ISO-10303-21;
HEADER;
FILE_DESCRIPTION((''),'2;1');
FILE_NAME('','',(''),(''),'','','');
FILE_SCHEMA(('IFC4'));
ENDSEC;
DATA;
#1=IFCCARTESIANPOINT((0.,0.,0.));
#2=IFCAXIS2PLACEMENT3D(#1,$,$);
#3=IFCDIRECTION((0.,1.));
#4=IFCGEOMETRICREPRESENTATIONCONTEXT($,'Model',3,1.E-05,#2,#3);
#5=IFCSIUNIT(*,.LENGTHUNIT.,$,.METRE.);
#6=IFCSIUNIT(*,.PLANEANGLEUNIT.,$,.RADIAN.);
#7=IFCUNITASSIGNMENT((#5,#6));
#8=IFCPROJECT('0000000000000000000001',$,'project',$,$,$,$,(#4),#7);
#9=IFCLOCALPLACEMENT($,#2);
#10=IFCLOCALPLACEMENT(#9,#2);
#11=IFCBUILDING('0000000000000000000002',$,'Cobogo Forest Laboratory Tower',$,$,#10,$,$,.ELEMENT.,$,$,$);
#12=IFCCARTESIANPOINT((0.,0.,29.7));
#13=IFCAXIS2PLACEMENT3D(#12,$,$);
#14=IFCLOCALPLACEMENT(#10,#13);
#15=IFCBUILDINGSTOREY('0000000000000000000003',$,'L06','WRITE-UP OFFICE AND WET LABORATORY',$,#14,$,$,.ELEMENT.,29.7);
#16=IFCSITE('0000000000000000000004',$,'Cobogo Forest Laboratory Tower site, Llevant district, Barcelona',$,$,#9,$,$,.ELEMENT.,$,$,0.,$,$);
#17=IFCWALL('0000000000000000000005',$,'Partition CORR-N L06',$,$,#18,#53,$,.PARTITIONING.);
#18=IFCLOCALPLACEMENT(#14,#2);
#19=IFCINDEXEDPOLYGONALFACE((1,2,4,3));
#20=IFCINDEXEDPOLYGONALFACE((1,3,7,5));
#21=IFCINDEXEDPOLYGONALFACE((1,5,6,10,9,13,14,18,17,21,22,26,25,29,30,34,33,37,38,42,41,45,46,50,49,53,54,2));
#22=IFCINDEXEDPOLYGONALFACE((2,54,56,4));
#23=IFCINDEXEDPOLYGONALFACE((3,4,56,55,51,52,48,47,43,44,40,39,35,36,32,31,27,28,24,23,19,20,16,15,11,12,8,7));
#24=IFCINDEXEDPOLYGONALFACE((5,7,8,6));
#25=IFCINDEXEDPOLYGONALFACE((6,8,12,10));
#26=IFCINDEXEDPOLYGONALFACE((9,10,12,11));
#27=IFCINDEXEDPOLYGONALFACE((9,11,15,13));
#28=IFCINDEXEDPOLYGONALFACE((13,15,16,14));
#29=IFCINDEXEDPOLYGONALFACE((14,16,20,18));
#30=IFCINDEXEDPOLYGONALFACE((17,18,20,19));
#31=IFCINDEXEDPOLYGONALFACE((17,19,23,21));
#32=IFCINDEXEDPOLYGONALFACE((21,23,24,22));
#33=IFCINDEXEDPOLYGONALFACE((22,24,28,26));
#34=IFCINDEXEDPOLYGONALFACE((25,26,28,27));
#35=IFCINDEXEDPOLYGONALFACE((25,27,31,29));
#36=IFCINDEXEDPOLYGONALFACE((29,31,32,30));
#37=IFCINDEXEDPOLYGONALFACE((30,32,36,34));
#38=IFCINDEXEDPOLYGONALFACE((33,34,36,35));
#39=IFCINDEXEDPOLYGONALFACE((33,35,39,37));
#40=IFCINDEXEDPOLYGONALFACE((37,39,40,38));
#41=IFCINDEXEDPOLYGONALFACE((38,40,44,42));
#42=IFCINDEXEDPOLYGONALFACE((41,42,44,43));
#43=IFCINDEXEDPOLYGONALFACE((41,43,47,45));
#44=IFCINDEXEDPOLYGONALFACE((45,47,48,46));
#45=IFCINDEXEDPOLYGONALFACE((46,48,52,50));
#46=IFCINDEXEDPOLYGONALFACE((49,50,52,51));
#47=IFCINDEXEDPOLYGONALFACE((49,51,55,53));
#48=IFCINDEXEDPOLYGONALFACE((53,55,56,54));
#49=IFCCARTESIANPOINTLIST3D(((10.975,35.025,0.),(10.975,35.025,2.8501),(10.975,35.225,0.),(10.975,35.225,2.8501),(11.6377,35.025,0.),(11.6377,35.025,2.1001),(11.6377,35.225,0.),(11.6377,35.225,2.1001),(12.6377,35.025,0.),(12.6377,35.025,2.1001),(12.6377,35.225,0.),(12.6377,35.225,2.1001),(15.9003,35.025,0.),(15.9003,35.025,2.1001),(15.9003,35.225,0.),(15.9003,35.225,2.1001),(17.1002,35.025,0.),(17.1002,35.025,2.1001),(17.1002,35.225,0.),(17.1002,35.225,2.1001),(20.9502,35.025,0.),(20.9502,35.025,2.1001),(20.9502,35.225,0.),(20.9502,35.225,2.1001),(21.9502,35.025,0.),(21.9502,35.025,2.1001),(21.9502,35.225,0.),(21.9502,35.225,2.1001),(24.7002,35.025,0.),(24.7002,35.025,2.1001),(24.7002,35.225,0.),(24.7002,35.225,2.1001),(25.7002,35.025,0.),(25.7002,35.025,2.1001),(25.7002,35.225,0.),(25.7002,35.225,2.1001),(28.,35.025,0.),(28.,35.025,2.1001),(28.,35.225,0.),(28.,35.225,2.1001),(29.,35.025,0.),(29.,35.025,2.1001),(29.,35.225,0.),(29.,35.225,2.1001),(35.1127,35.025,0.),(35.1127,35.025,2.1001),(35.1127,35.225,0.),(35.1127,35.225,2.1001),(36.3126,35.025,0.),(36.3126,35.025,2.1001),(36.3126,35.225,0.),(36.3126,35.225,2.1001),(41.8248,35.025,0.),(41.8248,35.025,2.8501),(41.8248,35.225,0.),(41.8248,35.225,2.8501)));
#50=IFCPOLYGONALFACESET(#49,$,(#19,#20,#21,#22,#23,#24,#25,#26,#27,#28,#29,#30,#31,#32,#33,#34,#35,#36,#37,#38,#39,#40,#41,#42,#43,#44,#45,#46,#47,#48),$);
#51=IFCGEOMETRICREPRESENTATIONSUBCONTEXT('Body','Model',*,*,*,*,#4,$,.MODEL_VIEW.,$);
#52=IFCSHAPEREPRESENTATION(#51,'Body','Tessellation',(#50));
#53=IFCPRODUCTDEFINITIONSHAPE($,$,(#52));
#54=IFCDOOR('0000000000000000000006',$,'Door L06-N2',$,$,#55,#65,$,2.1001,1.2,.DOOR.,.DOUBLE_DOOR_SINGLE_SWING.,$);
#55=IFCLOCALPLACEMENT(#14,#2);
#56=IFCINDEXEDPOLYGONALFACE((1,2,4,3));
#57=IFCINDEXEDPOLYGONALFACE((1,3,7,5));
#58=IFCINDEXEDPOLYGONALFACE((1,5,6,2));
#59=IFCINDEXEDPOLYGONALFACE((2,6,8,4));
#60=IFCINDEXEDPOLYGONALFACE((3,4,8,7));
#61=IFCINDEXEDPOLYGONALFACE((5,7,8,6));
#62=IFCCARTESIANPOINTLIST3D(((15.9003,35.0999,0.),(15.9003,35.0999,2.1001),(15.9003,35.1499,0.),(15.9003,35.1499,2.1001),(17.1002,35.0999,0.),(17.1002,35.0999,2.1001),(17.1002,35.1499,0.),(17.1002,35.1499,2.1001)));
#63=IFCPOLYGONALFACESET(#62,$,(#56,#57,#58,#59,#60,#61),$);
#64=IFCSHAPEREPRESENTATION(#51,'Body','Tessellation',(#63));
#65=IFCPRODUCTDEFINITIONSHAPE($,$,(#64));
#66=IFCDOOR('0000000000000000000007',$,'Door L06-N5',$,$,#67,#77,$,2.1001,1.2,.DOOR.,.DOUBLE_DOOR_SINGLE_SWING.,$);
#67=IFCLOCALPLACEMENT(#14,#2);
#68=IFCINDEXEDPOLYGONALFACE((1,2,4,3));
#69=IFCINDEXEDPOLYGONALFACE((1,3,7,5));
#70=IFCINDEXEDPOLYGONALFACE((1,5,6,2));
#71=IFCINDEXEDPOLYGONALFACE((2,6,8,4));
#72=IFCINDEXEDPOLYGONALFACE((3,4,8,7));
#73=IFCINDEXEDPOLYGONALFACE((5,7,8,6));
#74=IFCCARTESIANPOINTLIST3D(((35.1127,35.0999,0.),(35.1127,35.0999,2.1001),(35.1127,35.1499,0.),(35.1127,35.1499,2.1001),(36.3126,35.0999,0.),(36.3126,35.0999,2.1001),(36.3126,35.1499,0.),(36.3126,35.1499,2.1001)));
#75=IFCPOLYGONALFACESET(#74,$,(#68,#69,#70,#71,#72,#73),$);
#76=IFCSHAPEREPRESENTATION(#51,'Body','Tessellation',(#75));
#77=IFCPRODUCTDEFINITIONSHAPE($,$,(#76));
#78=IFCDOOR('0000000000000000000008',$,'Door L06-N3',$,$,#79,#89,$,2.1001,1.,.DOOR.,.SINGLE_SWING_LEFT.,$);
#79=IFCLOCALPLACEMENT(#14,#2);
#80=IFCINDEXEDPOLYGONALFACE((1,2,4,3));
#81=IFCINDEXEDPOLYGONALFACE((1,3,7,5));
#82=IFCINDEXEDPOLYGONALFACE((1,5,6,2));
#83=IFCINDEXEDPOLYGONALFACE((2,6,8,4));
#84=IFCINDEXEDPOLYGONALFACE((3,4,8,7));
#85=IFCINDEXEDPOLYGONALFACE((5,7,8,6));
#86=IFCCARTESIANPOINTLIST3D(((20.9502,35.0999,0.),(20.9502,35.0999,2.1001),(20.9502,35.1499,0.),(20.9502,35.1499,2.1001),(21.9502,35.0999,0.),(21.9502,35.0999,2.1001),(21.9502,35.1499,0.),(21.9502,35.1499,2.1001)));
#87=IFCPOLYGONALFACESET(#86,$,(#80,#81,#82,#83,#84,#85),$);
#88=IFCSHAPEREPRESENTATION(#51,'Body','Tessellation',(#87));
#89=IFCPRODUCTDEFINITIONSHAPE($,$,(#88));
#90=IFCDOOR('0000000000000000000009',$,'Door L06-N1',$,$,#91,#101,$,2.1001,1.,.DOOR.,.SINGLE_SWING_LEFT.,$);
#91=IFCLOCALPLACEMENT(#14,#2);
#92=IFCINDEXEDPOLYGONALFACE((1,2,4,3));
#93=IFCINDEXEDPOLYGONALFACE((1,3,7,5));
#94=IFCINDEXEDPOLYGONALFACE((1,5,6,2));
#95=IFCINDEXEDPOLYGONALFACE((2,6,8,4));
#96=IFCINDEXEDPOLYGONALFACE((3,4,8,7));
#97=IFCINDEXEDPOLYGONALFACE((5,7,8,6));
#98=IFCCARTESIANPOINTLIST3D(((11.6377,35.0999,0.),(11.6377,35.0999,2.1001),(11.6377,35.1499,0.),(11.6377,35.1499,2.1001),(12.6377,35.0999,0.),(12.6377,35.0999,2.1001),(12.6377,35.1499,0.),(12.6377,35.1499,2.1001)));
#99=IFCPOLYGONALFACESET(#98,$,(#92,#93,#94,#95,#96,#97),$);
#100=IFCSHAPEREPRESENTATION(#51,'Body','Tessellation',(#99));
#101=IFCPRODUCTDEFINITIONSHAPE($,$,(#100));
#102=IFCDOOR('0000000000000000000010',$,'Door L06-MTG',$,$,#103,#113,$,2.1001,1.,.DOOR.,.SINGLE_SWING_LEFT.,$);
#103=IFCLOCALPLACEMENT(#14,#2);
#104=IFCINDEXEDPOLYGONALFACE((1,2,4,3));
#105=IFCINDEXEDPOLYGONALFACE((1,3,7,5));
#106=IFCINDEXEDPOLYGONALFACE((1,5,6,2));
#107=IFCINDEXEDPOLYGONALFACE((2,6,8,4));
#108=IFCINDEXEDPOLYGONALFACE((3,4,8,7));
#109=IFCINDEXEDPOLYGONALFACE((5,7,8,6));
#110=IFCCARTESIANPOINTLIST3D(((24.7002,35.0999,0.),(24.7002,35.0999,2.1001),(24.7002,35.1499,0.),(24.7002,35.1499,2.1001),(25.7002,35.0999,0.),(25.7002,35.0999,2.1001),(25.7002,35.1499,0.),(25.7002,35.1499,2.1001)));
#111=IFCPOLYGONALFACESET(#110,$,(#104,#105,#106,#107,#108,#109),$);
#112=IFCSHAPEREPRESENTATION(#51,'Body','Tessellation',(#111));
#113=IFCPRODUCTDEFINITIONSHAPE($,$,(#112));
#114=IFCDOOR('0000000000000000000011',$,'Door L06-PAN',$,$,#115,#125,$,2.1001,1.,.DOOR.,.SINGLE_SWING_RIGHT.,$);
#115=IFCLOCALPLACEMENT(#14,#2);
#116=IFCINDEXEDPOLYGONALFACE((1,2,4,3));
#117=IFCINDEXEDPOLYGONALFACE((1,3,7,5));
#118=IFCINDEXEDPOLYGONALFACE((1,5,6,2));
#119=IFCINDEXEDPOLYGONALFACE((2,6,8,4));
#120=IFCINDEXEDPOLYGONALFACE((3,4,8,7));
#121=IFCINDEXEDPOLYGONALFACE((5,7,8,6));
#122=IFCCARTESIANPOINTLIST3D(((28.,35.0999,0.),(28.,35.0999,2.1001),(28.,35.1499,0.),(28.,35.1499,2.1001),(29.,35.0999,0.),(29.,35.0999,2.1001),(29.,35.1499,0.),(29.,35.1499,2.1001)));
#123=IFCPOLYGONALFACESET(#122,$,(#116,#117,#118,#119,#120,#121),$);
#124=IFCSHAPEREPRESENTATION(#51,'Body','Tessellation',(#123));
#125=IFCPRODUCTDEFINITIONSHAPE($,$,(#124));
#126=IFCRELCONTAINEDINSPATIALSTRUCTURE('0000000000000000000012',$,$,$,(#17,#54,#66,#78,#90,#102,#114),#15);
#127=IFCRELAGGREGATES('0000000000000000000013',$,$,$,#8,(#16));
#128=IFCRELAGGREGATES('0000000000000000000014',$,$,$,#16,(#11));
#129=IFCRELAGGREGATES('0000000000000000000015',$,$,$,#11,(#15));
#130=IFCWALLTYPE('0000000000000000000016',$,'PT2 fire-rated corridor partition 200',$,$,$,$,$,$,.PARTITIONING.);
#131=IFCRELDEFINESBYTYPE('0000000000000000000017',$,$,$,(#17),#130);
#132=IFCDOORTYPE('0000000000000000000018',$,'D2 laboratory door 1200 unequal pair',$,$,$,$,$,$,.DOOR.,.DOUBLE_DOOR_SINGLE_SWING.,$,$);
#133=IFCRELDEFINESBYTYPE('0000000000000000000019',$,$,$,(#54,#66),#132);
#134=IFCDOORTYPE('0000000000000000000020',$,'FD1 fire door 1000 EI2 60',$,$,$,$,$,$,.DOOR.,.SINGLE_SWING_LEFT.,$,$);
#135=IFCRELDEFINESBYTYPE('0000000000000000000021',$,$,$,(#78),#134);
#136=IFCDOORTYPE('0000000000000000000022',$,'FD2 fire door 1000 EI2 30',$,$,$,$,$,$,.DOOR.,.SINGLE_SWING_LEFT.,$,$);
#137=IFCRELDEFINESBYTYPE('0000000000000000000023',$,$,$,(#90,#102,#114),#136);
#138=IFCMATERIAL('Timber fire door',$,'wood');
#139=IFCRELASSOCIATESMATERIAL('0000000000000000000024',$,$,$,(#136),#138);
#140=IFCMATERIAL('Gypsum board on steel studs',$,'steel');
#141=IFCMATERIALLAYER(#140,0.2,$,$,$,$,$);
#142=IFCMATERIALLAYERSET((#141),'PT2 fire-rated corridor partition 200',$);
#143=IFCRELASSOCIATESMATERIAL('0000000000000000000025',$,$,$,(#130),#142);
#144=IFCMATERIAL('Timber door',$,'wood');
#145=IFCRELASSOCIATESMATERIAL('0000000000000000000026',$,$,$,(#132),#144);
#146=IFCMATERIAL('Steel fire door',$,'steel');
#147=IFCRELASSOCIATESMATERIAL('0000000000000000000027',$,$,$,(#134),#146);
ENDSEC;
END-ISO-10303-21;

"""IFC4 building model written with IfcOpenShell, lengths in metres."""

from ifc_helpers import new_model, si_unit, direction, frame, frame_2d, origin, place, context, subcontext, project, spatial, rectangle, extrude, material, layer, layer_set, type_object, element, fill, save


model = new_model("IFC4")

# Units and contexts
model_context = context("Model", 3, precision=1e-05, world=origin(), true_north=direction((0.0, 1.0)))
body_context = subcontext(model_context, "Body", "Model", "MODEL_VIEW")
ifc_project = project(units=[si_unit("LENGTHUNIT", "METRE"), si_unit("PLANEANGLEUNIT", "RADIAN")], contexts=[model_context])

# Site, building, storey
site_placement = place(None, origin())
site = spatial("IfcSite", under=ifc_project, at=site_placement, Name="Cobogo Forest Laboratory Tower site, Llevant district, Barcelona", CompositionType="ELEMENT", RefElevation=0.0)
building_placement = place(site_placement, origin())
building = spatial("IfcBuilding", under=site, at=building_placement, Name="Cobogo Forest Laboratory Tower", CompositionType="ELEMENT")
storey_placement = place(building_placement, frame((0.0, 0.0, 29.7)))
storey = spatial("IfcBuildingStorey", under=building, at=storey_placement, Name="L06", Description="WRITE-UP OFFICE AND WET LABORATORY", CompositionType="ELEMENT", Elevation=29.7)

# Shared definitions
ifc_material_1 = material(Name="Gypsum board on steel studs", Category="steel")
ifc_material_2 = material(Name="Timber fire door", Category="wood")
door_type_1 = type_object("IfcDoorType", Name="FD2 fire door 1000 EI2 30", OperationType="SINGLE_SWING_LEFT", PredefinedType="DOOR", material=ifc_material_2)

# Wall, openings, doors
ifc_layer_1 = layer(ifc_material_1, 0.2)
ifc_layer_set_1 = layer_set([ifc_layer_1], Name="PT2 fire-rated corridor partition 200")
wall_type_1 = type_object("IfcWallType", Name="PT2 fire-rated corridor partition 200", PredefinedType="PARTITIONING", material=ifc_layer_set_1)
wall_1_placement = place(storey_placement, frame((10.9751, 35.125, 0.0), z_axis=(0.0, 0.0, 1.0), x_axis=(1.0, 0.0, 0.0)))
wall_1 = element("IfcWall", 1, at=wall_1_placement, inside=storey, type_object=wall_type_1, Name="Partition CORR-N L06", PredefinedType="PARTITIONING", context=body_context, shape_type="SweptSolid", body=[
    extrude(rectangle(XDim=30.8499, YDim=0.2, at=frame_2d((15.4248, 0.0))), origin(), (0.0, 0.0, 1.0), 2.8501),
])
opening_1_placement = place(wall_1_placement, frame((0.6626, 0.0, 0.0)))
opening_1 = element("IfcOpeningElement", 2, at=opening_1_placement, cuts=wall_1, PredefinedType="OPENING", context=body_context, shape_type="SweptSolid", body=[
    extrude(rectangle(XDim=1.0, YDim=2.1001, at=frame_2d((0.5, 1.05))), frame((0.0, 0.1099, 0.0), z_axis=(0.0, -1.0, 0.0), x_axis=(1.0, 0.0, 0.0)), (0.0, 0.0, 1.0), 0.22),
])
opening_2_placement = place(wall_1_placement, frame((4.925, 0.0, 0.0)))
opening_2 = element("IfcOpeningElement", 3, at=opening_2_placement, cuts=wall_1, PredefinedType="OPENING", context=body_context, shape_type="SweptSolid", body=[
    extrude(rectangle(XDim=1.2, YDim=2.1001, at=frame_2d((0.6001, 1.05))), frame((0.0, 0.1099, 0.0), z_axis=(0.0, -1.0, 0.0), x_axis=(1.0, 0.0, 0.0)), (0.0, 0.0, 1.0), 0.22),
])
opening_3_placement = place(wall_1_placement, frame((9.9751, 0.0, 0.0)))
opening_3 = element("IfcOpeningElement", 4, at=opening_3_placement, cuts=wall_1, PredefinedType="OPENING", context=body_context, shape_type="SweptSolid", body=[
    extrude(rectangle(XDim=1.0, YDim=2.1001, at=frame_2d((0.5, 1.05))), frame((0.0, 0.1099, 0.0), z_axis=(0.0, -1.0, 0.0), x_axis=(1.0, 0.0, 0.0)), (0.0, 0.0, 1.0), 0.22),
])
opening_4_placement = place(wall_1_placement, frame((13.7251, 0.0, 0.0)))
opening_4 = element("IfcOpeningElement", 5, at=opening_4_placement, cuts=wall_1, PredefinedType="OPENING", context=body_context, shape_type="SweptSolid", body=[
    extrude(rectangle(XDim=1.0, YDim=2.1001, at=frame_2d((0.5, 1.05))), frame((0.0, 0.1099, 0.0), z_axis=(0.0, -1.0, 0.0), x_axis=(1.0, 0.0, 0.0)), (0.0, 0.0, 1.0), 0.22),
])
opening_5_placement = place(wall_1_placement, frame((17.0249, 0.0, 0.0)))
opening_5 = element("IfcOpeningElement", 6, at=opening_5_placement, cuts=wall_1, PredefinedType="OPENING", context=body_context, shape_type="SweptSolid", body=[
    extrude(rectangle(XDim=1.0, YDim=2.1001, at=frame_2d((0.5, 1.05))), frame((0.0, 0.1099, 0.0), z_axis=(0.0, -1.0, 0.0), x_axis=(1.0, 0.0, 0.0)), (0.0, 0.0, 1.0), 0.22),
])
opening_6_placement = place(wall_1_placement, frame((24.1375, 0.0, 0.0)))
opening_6 = element("IfcOpeningElement", 7, at=opening_6_placement, cuts=wall_1, PredefinedType="OPENING", context=body_context, shape_type="SweptSolid", body=[
    extrude(rectangle(XDim=1.2, YDim=2.1001, at=frame_2d((0.6001, 1.05))), frame((0.0, 0.1099, 0.0), z_axis=(0.0, -1.0, 0.0), x_axis=(1.0, 0.0, 0.0)), (0.0, 0.0, 1.0), 0.22),
])
ifc_material_3 = material(Name="Timber door", Category="wood")
door_type_2 = type_object("IfcDoorType", Name="D2 laboratory door 1200 unequal pair", OperationType="DOUBLE_DOOR_SINGLE_SWING", PredefinedType="DOOR", material=ifc_material_3)
door_1_placement = place(opening_2_placement, origin())
door_1 = element("IfcDoor", 8, at=door_1_placement, inside=storey, type_object=door_type_2, Name="Door L06-N2", OperationType="DOUBLE_DOOR_SINGLE_SWING", OverallHeight=2.1001, OverallWidth=1.2, PredefinedType="DOOR", context=body_context, shape_type="SweptSolid", body=[
    extrude(rectangle(XDim=1.2, YDim=2.1001, at=frame_2d((0.6001, 1.05))), frame((0.0, 0.0249, 0.0), z_axis=(0.0, -1.0, 0.0), x_axis=(1.0, 0.0, 0.0)), (0.0, 0.0, 1.0), 0.05),
])
fill(opening_2, door_1)
door_2_placement = place(opening_6_placement, origin())
door_2 = element("IfcDoor", 9, at=door_2_placement, inside=storey, type_object=door_type_2, Name="Door L06-N5", OperationType="DOUBLE_DOOR_SINGLE_SWING", OverallHeight=2.1001, OverallWidth=1.2, PredefinedType="DOOR", context=body_context, shape_type="SweptSolid", body=[
    extrude(rectangle(XDim=1.2, YDim=2.1001, at=frame_2d((0.6001, 1.05))), frame((0.0, 0.0249, 0.0), z_axis=(0.0, -1.0, 0.0), x_axis=(1.0, 0.0, 0.0)), (0.0, 0.0, 1.0), 0.05),
])
fill(opening_6, door_2)
ifc_material_4 = material(Name="Steel fire door", Category="steel")
door_type_3 = type_object("IfcDoorType", Name="FD1 fire door 1000 EI2 60", OperationType="SINGLE_SWING_LEFT", PredefinedType="DOOR", material=ifc_material_4)
door_3_placement = place(opening_3_placement, origin())
door_3 = element("IfcDoor", 10, at=door_3_placement, inside=storey, type_object=door_type_3, Name="Door L06-N3", OperationType="SINGLE_SWING_LEFT", OverallHeight=2.1001, OverallWidth=1.0, PredefinedType="DOOR", context=body_context, shape_type="SweptSolid", body=[
    extrude(rectangle(XDim=1.0, YDim=2.1001, at=frame_2d((0.5, 1.05))), frame((0.0, 0.0249, 0.0), z_axis=(0.0, -1.0, 0.0), x_axis=(1.0, 0.0, 0.0)), (0.0, 0.0, 1.0), 0.05),
])
fill(opening_3, door_3)
door_4_placement = place(opening_1_placement, origin())
door_4 = element("IfcDoor", 11, at=door_4_placement, inside=storey, type_object=door_type_1, Name="Door L06-N1", OperationType="SINGLE_SWING_LEFT", OverallHeight=2.1001, OverallWidth=1.0, PredefinedType="DOOR", context=body_context, shape_type="SweptSolid", body=[
    extrude(rectangle(XDim=1.0, YDim=2.1001, at=frame_2d((0.5, 1.05))), frame((0.0, 0.0249, 0.0), z_axis=(0.0, -1.0, 0.0), x_axis=(1.0, 0.0, 0.0)), (0.0, 0.0, 1.0), 0.05),
])
fill(opening_1, door_4)
door_5_placement = place(opening_4_placement, origin())
door_5 = element("IfcDoor", 12, at=door_5_placement, inside=storey, type_object=door_type_1, Name="Door L06-MTG", OperationType="SINGLE_SWING_LEFT", OverallHeight=2.1001, OverallWidth=1.0, PredefinedType="DOOR", context=body_context, shape_type="SweptSolid", body=[
    extrude(rectangle(XDim=1.0, YDim=2.1001, at=frame_2d((0.5, 1.05))), frame((0.0, 0.0249, 0.0), z_axis=(0.0, -1.0, 0.0), x_axis=(1.0, 0.0, 0.0)), (0.0, 0.0, 1.0), 0.05),
])
fill(opening_4, door_5)
door_6_placement = place(opening_5_placement, origin())
door_6 = element("IfcDoor", 13, at=door_6_placement, inside=storey, type_object=door_type_1, Name="Door L06-PAN", OperationType="SINGLE_SWING_RIGHT", OverallHeight=2.1001, OverallWidth=1.0, PredefinedType="DOOR", context=body_context, shape_type="SweptSolid", body=[
    extrude(rectangle(XDim=1.0, YDim=2.1001, at=frame_2d((0.5, 1.05))), frame((0.0, 0.0249, 0.0), z_axis=(0.0, -1.0, 0.0), x_axis=(1.0, 0.0, 0.0)), (0.0, 0.0, 1.0), 0.05),
])
fill(opening_5, door_6)

save(model, "model.ifc")
